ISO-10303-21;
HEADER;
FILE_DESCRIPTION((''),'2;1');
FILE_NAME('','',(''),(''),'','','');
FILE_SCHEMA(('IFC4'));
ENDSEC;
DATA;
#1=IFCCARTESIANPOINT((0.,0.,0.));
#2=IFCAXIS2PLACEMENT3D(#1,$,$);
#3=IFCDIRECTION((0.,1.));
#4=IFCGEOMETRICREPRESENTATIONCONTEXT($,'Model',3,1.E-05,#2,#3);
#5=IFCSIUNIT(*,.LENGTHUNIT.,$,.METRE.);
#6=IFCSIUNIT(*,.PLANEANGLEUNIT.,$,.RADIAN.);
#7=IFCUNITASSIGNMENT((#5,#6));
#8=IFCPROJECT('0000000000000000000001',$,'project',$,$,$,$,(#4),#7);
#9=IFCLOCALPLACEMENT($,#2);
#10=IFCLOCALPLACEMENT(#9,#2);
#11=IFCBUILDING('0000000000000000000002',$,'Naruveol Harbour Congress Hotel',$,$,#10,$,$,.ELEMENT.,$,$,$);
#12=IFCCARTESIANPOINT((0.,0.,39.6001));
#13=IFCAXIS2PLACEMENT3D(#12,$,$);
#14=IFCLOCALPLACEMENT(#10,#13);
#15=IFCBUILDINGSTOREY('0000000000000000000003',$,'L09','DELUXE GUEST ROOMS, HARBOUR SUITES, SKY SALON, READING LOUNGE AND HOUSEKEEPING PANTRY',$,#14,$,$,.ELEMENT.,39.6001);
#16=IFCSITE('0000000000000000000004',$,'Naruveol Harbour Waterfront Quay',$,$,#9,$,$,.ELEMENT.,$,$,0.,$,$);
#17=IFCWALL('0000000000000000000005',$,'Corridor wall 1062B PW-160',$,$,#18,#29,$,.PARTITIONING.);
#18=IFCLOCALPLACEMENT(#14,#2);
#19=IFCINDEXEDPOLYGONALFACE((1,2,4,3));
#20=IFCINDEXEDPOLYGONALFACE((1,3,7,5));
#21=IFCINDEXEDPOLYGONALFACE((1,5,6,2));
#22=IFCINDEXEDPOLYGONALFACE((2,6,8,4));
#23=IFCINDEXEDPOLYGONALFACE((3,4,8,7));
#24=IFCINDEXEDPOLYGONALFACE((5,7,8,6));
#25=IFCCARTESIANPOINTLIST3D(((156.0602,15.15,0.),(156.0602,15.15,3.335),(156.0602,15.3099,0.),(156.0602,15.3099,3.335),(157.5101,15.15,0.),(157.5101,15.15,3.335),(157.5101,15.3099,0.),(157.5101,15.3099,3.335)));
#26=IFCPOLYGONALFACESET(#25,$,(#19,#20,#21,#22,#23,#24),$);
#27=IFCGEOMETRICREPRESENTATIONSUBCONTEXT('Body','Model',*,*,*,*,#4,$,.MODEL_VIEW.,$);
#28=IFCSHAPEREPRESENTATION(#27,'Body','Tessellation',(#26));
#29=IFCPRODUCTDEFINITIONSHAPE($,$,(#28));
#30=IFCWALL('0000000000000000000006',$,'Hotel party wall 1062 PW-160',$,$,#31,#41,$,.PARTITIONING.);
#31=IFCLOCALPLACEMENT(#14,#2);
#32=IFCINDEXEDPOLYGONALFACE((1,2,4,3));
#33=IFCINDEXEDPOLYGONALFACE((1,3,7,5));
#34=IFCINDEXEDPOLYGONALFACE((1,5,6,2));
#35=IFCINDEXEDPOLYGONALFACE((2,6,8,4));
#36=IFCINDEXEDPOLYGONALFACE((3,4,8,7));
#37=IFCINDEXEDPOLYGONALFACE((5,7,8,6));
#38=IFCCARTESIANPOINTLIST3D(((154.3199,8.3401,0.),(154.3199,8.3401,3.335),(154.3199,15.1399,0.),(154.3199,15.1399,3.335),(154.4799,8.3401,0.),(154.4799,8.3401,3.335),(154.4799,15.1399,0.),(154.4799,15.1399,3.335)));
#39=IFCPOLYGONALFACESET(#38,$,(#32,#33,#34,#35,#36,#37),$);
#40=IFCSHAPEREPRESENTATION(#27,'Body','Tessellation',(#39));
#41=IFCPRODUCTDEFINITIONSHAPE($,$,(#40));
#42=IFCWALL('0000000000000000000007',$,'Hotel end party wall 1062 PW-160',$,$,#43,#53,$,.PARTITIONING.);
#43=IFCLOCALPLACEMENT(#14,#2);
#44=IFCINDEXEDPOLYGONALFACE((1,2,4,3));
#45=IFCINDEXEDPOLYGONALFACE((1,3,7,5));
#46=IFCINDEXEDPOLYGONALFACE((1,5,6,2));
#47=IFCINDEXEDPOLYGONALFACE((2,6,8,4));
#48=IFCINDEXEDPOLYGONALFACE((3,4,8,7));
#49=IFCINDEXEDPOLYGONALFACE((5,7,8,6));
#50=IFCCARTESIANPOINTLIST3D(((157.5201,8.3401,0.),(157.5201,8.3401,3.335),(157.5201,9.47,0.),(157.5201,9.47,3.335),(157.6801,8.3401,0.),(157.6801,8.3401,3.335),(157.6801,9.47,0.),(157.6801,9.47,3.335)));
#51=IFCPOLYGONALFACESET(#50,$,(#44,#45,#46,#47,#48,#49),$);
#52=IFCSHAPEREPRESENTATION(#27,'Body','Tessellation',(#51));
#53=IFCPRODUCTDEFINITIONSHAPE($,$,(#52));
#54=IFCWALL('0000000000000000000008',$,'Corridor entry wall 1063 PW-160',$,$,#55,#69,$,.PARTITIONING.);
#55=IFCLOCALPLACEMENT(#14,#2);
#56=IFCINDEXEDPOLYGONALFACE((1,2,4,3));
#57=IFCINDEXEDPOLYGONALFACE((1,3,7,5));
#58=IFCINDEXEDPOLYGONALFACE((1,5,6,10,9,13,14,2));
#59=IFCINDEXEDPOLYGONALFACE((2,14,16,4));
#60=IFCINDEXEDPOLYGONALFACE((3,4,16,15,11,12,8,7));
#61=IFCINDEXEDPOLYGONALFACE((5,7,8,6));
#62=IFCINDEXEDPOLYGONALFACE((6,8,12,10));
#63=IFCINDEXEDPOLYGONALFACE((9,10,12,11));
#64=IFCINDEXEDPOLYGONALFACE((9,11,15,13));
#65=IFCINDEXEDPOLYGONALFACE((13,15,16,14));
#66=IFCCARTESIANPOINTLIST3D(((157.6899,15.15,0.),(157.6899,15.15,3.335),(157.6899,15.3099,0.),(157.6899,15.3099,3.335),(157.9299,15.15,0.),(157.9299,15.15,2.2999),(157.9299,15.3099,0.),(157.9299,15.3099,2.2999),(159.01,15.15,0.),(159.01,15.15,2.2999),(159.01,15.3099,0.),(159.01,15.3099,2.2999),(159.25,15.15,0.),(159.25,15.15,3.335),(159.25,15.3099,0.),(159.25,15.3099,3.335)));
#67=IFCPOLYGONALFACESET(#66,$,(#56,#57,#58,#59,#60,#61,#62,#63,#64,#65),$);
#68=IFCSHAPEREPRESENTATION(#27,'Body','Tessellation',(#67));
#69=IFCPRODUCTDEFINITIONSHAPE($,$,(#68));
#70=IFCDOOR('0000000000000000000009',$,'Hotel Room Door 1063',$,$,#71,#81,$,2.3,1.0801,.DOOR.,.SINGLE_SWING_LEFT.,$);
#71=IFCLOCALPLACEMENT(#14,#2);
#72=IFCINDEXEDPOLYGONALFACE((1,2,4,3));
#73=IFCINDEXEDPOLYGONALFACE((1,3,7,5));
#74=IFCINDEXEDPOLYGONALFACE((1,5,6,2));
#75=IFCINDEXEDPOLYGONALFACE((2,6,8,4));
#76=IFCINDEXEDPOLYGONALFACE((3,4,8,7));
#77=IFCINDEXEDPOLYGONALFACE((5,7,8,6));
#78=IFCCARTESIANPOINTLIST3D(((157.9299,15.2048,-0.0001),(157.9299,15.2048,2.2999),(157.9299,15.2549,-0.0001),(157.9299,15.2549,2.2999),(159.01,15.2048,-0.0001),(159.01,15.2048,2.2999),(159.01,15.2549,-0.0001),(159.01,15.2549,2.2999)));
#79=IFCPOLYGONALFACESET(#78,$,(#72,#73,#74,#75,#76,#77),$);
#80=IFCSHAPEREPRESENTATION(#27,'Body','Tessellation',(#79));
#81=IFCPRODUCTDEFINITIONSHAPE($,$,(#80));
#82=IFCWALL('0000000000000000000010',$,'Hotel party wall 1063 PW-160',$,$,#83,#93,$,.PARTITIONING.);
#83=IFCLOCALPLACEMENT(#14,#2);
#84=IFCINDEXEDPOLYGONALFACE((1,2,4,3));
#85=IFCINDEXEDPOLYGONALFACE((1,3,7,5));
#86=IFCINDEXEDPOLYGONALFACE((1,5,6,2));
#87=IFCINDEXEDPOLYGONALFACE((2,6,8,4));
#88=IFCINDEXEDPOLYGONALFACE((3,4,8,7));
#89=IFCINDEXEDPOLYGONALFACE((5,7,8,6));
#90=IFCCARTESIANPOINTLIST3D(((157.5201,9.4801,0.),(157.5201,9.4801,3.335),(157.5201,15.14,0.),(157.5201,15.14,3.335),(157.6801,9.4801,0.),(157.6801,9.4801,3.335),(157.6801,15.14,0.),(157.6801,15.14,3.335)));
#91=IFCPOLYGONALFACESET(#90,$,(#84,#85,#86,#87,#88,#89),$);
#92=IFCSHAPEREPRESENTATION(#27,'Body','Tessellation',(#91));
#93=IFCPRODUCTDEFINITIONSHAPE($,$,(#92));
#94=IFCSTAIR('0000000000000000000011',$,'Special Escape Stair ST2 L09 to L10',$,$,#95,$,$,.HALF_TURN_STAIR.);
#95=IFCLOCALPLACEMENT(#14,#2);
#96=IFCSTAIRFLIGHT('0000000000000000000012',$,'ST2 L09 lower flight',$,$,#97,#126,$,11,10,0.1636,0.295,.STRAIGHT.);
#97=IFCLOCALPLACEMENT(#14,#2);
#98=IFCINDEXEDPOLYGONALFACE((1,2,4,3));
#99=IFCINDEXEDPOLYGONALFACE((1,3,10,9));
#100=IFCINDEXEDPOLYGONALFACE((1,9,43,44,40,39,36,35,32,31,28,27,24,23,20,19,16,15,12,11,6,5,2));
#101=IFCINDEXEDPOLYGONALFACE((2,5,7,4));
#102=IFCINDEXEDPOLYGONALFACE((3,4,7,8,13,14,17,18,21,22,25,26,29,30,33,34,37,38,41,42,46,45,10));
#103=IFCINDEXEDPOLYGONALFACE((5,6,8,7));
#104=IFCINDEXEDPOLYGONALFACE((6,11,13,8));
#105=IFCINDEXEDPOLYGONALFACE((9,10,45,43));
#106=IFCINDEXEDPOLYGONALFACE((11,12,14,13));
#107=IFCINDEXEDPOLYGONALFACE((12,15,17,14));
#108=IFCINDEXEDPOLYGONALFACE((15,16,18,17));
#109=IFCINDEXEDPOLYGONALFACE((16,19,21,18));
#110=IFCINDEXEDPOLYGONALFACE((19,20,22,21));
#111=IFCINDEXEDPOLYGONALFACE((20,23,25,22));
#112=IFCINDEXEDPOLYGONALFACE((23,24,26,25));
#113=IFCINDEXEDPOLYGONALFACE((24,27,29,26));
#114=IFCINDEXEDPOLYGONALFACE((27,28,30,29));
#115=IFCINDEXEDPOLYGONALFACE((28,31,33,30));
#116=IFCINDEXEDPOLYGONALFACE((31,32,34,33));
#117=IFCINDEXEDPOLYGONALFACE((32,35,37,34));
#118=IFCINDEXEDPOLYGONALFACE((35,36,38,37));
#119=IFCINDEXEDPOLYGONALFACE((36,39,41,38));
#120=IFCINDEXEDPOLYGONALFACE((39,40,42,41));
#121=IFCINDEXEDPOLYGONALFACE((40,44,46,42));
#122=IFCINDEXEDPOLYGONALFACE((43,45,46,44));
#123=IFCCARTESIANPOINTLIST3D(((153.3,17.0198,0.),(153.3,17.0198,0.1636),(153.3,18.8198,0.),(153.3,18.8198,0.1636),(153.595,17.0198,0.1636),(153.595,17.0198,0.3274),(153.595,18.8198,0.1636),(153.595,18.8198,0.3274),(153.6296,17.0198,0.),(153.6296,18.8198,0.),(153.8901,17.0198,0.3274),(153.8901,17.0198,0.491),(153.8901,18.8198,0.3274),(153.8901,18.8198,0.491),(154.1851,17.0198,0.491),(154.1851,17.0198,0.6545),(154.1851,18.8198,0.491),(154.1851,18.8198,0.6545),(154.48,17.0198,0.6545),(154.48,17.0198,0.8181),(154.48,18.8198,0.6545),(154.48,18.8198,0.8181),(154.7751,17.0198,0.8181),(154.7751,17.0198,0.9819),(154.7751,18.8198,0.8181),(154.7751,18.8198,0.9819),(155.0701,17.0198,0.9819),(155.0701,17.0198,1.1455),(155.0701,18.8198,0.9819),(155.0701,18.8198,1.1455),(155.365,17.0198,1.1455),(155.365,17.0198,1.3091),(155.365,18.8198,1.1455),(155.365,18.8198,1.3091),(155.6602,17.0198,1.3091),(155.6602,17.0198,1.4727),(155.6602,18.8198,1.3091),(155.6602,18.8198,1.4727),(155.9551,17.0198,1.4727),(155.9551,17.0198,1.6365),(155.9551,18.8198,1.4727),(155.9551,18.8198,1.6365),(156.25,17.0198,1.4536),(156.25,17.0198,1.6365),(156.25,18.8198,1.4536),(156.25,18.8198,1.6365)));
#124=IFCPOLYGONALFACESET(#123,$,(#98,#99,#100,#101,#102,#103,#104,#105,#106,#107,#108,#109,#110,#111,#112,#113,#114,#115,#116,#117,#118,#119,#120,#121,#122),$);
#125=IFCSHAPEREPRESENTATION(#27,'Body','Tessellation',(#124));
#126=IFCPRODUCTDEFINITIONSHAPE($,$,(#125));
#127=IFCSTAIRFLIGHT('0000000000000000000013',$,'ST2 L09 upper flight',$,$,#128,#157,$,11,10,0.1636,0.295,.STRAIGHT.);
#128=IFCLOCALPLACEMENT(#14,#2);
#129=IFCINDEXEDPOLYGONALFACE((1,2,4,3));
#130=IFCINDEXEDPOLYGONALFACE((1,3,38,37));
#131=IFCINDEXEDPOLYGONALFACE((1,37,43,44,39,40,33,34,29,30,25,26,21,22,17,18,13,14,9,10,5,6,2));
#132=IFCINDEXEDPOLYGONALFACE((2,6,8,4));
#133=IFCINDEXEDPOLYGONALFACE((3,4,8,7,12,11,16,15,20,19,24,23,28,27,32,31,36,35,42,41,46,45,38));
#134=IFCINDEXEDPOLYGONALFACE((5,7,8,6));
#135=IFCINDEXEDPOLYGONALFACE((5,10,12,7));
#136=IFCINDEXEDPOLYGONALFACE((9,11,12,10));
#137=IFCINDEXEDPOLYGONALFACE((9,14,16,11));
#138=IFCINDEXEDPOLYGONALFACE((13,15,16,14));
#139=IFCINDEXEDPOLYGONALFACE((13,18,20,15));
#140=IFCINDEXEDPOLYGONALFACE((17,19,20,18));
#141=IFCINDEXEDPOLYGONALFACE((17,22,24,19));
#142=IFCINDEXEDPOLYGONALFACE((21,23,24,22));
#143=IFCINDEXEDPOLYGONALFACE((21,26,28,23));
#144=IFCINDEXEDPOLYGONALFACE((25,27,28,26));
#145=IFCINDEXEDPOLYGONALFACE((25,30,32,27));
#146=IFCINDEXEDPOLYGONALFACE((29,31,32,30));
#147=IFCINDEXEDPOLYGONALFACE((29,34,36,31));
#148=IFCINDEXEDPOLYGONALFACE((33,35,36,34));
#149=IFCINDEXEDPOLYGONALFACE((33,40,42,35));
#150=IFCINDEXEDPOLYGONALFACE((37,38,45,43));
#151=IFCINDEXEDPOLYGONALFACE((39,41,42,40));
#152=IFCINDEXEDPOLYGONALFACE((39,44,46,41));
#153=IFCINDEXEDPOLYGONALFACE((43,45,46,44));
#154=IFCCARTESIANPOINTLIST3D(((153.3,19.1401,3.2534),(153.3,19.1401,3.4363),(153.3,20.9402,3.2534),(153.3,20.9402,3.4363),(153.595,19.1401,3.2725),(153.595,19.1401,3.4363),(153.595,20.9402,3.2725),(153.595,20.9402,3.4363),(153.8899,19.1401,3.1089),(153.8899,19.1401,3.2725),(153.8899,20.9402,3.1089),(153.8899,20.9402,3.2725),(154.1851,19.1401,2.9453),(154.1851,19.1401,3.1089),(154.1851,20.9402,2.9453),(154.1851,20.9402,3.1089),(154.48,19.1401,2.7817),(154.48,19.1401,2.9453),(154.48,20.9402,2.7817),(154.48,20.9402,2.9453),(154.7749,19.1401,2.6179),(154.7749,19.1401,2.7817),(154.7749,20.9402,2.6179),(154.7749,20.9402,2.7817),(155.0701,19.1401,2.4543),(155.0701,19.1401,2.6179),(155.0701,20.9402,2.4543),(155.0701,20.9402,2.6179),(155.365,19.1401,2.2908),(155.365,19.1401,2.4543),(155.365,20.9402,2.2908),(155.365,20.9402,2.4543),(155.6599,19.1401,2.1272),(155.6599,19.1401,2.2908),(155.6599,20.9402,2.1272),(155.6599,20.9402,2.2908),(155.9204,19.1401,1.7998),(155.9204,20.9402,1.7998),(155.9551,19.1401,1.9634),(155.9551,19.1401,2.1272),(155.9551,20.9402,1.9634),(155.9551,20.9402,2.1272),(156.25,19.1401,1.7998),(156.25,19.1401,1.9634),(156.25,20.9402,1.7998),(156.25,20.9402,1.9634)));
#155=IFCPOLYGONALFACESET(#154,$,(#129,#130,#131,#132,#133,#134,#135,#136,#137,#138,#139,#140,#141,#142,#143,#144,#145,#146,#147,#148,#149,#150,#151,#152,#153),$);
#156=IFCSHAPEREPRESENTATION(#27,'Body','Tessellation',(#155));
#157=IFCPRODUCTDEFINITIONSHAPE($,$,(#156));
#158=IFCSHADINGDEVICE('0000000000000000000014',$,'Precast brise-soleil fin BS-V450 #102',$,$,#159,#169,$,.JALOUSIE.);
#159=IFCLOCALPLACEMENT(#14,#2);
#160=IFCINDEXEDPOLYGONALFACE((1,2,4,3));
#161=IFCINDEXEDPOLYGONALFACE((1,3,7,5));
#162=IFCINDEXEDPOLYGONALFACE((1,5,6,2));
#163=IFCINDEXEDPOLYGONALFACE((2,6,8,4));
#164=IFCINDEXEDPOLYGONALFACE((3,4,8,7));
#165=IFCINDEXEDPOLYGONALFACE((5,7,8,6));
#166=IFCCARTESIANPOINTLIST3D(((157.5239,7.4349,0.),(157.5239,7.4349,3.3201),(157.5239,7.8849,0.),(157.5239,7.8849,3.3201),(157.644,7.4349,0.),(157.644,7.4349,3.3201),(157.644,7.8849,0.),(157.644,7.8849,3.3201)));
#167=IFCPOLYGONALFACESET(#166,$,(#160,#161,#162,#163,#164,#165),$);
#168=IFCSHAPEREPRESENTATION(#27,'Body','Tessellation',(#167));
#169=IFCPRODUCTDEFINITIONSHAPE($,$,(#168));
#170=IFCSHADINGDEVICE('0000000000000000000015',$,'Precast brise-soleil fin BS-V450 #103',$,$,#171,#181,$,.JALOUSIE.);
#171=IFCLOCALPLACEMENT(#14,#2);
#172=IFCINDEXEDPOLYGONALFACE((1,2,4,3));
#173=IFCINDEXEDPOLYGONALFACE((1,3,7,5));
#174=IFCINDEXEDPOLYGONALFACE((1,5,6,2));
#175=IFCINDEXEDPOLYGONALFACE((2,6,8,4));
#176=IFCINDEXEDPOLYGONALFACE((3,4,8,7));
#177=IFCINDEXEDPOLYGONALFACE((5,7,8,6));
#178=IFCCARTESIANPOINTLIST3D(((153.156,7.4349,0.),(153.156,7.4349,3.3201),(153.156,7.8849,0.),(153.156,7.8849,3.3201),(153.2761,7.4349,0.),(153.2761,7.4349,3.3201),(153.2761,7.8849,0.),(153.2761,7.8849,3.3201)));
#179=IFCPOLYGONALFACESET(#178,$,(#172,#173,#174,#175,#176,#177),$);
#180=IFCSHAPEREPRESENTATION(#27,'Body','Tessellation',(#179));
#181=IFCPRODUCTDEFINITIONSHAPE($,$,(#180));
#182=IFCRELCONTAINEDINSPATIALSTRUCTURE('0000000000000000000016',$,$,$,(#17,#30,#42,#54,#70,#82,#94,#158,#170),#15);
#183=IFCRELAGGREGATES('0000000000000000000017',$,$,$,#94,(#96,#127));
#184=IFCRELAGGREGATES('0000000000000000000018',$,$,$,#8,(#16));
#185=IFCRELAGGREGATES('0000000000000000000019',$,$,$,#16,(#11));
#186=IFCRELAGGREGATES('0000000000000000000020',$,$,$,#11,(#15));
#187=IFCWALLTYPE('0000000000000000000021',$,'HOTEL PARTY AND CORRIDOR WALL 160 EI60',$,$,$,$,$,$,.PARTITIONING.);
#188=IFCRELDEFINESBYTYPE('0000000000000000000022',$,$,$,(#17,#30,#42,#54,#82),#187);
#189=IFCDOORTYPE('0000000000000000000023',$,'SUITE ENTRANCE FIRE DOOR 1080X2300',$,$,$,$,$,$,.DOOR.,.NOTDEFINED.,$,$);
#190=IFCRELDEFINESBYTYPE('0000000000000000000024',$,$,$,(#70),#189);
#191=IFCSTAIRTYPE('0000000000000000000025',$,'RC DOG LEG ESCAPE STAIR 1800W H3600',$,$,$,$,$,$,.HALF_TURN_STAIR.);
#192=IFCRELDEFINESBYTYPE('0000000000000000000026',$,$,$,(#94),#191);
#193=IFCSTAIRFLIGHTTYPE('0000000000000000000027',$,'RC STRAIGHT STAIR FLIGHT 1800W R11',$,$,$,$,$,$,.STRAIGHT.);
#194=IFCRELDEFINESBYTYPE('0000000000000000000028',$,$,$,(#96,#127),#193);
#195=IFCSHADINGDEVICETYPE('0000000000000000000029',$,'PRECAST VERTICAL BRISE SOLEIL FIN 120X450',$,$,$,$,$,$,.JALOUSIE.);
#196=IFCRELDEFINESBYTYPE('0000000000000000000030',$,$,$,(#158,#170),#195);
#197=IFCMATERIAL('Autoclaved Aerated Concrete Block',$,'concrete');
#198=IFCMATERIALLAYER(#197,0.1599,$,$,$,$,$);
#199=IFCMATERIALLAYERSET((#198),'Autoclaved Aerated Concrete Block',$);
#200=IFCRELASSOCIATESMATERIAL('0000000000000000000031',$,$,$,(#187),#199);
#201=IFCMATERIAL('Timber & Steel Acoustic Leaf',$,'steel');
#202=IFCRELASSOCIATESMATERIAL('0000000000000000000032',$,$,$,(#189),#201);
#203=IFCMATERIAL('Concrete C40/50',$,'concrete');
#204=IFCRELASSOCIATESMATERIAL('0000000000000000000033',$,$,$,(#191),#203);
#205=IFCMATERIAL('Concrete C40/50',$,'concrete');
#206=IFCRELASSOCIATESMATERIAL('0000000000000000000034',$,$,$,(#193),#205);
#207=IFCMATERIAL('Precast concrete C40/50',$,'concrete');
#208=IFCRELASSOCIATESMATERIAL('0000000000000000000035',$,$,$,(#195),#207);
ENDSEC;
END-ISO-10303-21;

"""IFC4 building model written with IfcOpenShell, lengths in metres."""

from ifc_helpers import new_model, si_unit, direction, frame, frame_2d, origin, origin_2d, place, context, subcontext, project, spatial, polyline, rectangle, outline, extrude, material, layer, layer_set, type_object, element, fill, aggregate, save


model = new_model("IFC4")

# Units and contexts
model_context = context("Model", 3, precision=1e-05, world=origin(), true_north=direction((0.0, 1.0)))
body_context = subcontext(model_context, "Body", "Model", "MODEL_VIEW")
ifc_project = project(units=[si_unit("LENGTHUNIT", "METRE"), si_unit("PLANEANGLEUNIT", "RADIAN")], contexts=[model_context])

# Site, building, storey
site_placement = place(None, origin())
site = spatial("IfcSite", under=ifc_project, at=site_placement, Name="Naruveol Harbour Waterfront Quay", CompositionType="ELEMENT", RefElevation=0.0)
building_placement = place(site_placement, origin())
building = spatial("IfcBuilding", under=site, at=building_placement, Name="Naruveol Harbour Congress Hotel", CompositionType="ELEMENT")
storey_placement = place(building_placement, frame((0.0, 0.0, 39.6001)))
storey = spatial("IfcBuildingStorey", under=building, at=storey_placement, Name="L09", Description="DELUXE GUEST ROOMS, HARBOUR SUITES, SKY SALON, READING LOUNGE AND HOUSEKEEPING PANTRY", CompositionType="ELEMENT", Elevation=39.6001)

# Shared definitions
ifc_material_1 = material(Name="Autoclaved Aerated Concrete Block", Category="concrete")
ifc_layer_1 = layer(ifc_material_1, 0.1599)
ifc_layer_set_1 = layer_set([ifc_layer_1], Name="Autoclaved Aerated Concrete Block")
wall_type_1 = type_object("IfcWallType", Name="HOTEL PARTY AND CORRIDOR WALL 160 EI60", PredefinedType="PARTITIONING", material=ifc_layer_set_1)
ifc_material_2 = material(Name="Timber & Steel Acoustic Leaf", Category="steel")
door_type_1 = type_object("IfcDoorType", Name="SUITE ENTRANCE FIRE DOOR 1080X2300", OperationType="NOTDEFINED", PredefinedType="DOOR", material=ifc_material_2)

# Walls
wall_1_placement = place(storey_placement, frame((156.0601, 15.23, 0.0), z_axis=(0.0, 0.0, 1.0), x_axis=(1.0, 0.0, 0.0)))
element("IfcWall", 1, at=wall_1_placement, inside=storey, type_object=wall_type_1, Name="Corridor wall 1062B PW-160", PredefinedType="PARTITIONING", context=body_context, shape_type="SweptSolid", body=[
    extrude(rectangle(XDim=1.45, YDim=0.1599, at=frame_2d((0.7251, 0.0))), origin(), (0.0, 0.0, 1.0), 3.335),
])
wall_2_placement = place(storey_placement, frame((154.3999, 8.3401, 0.0), z_axis=(0.0, 0.0, 1.0), x_axis=(0.0, 1.0, 0.0)))
element("IfcWall", 2, at=wall_2_placement, inside=storey, type_object=wall_type_1, Name="Hotel party wall 1062 PW-160", PredefinedType="PARTITIONING", context=body_context, shape_type="SweptSolid", body=[
    extrude(rectangle(XDim=6.7998, YDim=0.1599, at=frame_2d((3.3999, 0.0))), origin(), (0.0, 0.0, 1.0), 3.335),
])
wall_3_placement = place(storey_placement, frame((157.6001, 8.3401, 0.0), z_axis=(0.0, 0.0, 1.0), x_axis=(0.0, 1.0, 0.0)))
element("IfcWall", 3, at=wall_3_placement, inside=storey, type_object=wall_type_1, Name="Hotel end party wall 1062 PW-160", PredefinedType="PARTITIONING", context=body_context, shape_type="SweptSolid", body=[
    extrude(rectangle(XDim=1.1299, YDim=0.1599, at=frame_2d((0.5649, 0.0))), origin(), (0.0, 0.0, 1.0), 3.335),
])

# Wall, opening, door
wall_4_placement = place(storey_placement, frame((157.6899, 15.23, 0.0), z_axis=(0.0, 0.0, 1.0), x_axis=(1.0, 0.0, 0.0)))
wall_4 = element("IfcWall", 4, at=wall_4_placement, inside=storey, type_object=wall_type_1, Name="Corridor entry wall 1063 PW-160", PredefinedType="PARTITIONING", context=body_context, shape_type="SweptSolid", body=[
    extrude(rectangle(XDim=1.5601, YDim=0.1599, at=frame_2d((0.78, 0.0))), origin(), (0.0, 0.0, 1.0), 3.335),
])
opening_1_placement = place(wall_4_placement, frame((0.24, 0.0, 0.0)))
opening_1 = element("IfcOpeningElement", 5, at=opening_1_placement, cuts=wall_4, PredefinedType="OPENING", context=body_context, shape_type="SweptSolid", body=[
    extrude(rectangle(XDim=1.0801, YDim=2.3, at=frame_2d((0.54, 1.1499))), frame((0.0, 0.0898, 0.0), z_axis=(0.0, -1.0, 0.0), x_axis=(1.0, 0.0, 0.0)), (0.0, 0.0, 1.0), 0.1799),
])
door_1_placement = place(opening_1_placement, origin())
door_1 = element("IfcDoor", 6, at=door_1_placement, inside=storey, type_object=door_type_1, Name="Hotel Room Door 1063", OperationType="SINGLE_SWING_LEFT", OverallHeight=2.3, OverallWidth=1.0801, PredefinedType="DOOR", context=body_context, shape_type="SweptSolid", body=[
    extrude(rectangle(XDim=1.0801, YDim=2.3, at=frame_2d((0.54, 1.1499))), frame((0.0, 0.0249, 0.0), z_axis=(0.0, -1.0, 0.0), x_axis=(1.0, 0.0, 0.0)), (0.0, 0.0, 1.0), 0.05),
])
fill(opening_1, door_1)

# Wall
wall_5_placement = place(storey_placement, frame((157.6001, 9.48, 0.0), z_axis=(0.0, 0.0, 1.0), x_axis=(0.0, 1.0, 0.0)))
element("IfcWall", 7, at=wall_5_placement, inside=storey, type_object=wall_type_1, Name="Hotel party wall 1063 PW-160", PredefinedType="PARTITIONING", context=body_context, shape_type="SweptSolid", body=[
    extrude(rectangle(XDim=5.6599, YDim=0.1599, at=frame_2d((2.8301, 0.0))), origin(), (0.0, 0.0, 1.0), 3.335),
])

# Stair, stair flights
ifc_material_3 = material(Name="Concrete C40/50", Category="concrete")
stair_type = type_object("IfcStairType", Name="RC DOG LEG ESCAPE STAIR 1800W H3600", PredefinedType="HALF_TURN_STAIR", material=ifc_material_3)
stair_placement = place(storey_placement, origin())
stair = element("IfcStair", 8, at=stair_placement, inside=storey, type_object=stair_type, Name="Special Escape Stair ST2 L09 to L10", PredefinedType="HALF_TURN_STAIR")
ifc_material_4 = material(Name="Concrete C40/50", Category="concrete")
stair_flight_type = type_object("IfcStairFlightType", Name="RC STRAIGHT STAIR FLIGHT 1800W R11", PredefinedType="STRAIGHT", material=ifc_material_4)
stair_flight_1_placement = place(storey_placement, frame((153.3, 17.9199, 0.0), z_axis=(0.0, 0.0, 1.0), x_axis=(1.0, 0.0, 0.0)))
stair_flight_1 = element("IfcStairFlight", 9, at=stair_flight_1_placement, type_object=stair_flight_type, Name="ST2 L09 lower flight", NumberOfRisers=11, NumberOfTreads=10, PredefinedType="STRAIGHT", RiserHeight=0.1636, TreadLength=0.295, context=body_context, shape_type="SweptSolid", body=[
    extrude(outline(polyline([(0.0, 0.0), (0.0, 0.1636), (0.2949, 0.1636), (0.2949, 0.3274), (0.5901, 0.3274), (0.5901, 0.491), (0.885, 0.491), (0.885, 0.6545), (1.1799, 0.6545), (1.1799, 0.8181), (1.4751, 0.8181), (1.4751, 0.9819), (1.77, 0.9819), (1.77, 1.1455), (2.0649, 1.1455), (2.0649, 1.3091), (2.3601, 1.3091), (2.3601, 1.4727), (2.655, 1.4727), (2.655, 1.6365), (2.95, 1.6365), (2.95, 1.8), (2.95, 1.4536), (0.3296, 0.0), (0.0, 0.0)])), frame((0.0, 0.8999, 0.0), z_axis=(0.0, -1.0, 0.0), x_axis=(1.0, 0.0, 0.0)), (0.0, 0.0, 1.0), 1.8),
])
stair_flight_2_placement = place(storey_placement, frame((156.25, 20.04, 1.7998), z_axis=(0.0, 0.0, 1.0), x_axis=(-1.0, 0.0, 0.0)))
stair_flight_2 = element("IfcStairFlight", 10, at=stair_flight_2_placement, type_object=stair_flight_type, Name="ST2 L09 upper flight", NumberOfRisers=11, NumberOfTreads=10, PredefinedType="STRAIGHT", RiserHeight=0.1636, TreadLength=0.295, context=body_context, shape_type="SweptSolid", body=[
    extrude(outline(polyline([(0.0, 0.0), (0.0, 0.1636), (0.2949, 0.1636), (0.2949, 0.3274), (0.5901, 0.3274), (0.5901, 0.491), (0.885, 0.491), (0.885, 0.6545), (1.1799, 0.6545), (1.1799, 0.8181), (1.4751, 0.8181), (1.4751, 0.9819), (1.77, 0.9819), (1.77, 1.1455), (2.0649, 1.1455), (2.0649, 1.3091), (2.3601, 1.3091), (2.3601, 1.4727), (2.655, 1.4727), (2.655, 1.6365), (2.95, 1.6365), (2.95, 1.8), (2.95, 1.4536), (0.3296, 0.0), (0.0, 0.0)])), frame((0.0, 0.8999, 0.0), z_axis=(0.0, -1.0, 0.0), x_axis=(1.0, 0.0, 0.0)), (0.0, 0.0, 1.0), 1.8),
])
aggregate(stair, [stair_flight_1, stair_flight_2])

# Shading devices
ifc_material_5 = material(Name="Precast concrete C40/50", Category="concrete")
shading_device_type = type_object("IfcShadingDeviceType", Name="PRECAST VERTICAL BRISE SOLEIL FIN 120X450", PredefinedType="JALOUSIE", material=ifc_material_5)
for number, where, z_axis, x_axis, name in (
    (11, (157.584, 7.6599, 0.0), (0.0, 0.0, 1.0), (-1.0, 0.0, 0.0), "Precast brise-soleil fin BS-V450 #102"),
    (12, (153.2161, 7.6599, 0.0), (0.0, 0.0, 1.0), (-1.0, 0.0, 0.0), "Precast brise-soleil fin BS-V450 #103"),
):
    element("IfcShadingDevice", number, at=place(storey_placement, frame(where, z_axis=z_axis, x_axis=x_axis)), inside=storey, type_object=shading_device_type, Name=name, PredefinedType="JALOUSIE", context=body_context, shape_type="SweptSolid", body=[
        extrude(rectangle(XDim=0.1201, YDim=0.45, at=origin_2d()), origin(), (0.0, 0.0, 1.0), 3.3201),
    ])

save(model, "model.ifc")
